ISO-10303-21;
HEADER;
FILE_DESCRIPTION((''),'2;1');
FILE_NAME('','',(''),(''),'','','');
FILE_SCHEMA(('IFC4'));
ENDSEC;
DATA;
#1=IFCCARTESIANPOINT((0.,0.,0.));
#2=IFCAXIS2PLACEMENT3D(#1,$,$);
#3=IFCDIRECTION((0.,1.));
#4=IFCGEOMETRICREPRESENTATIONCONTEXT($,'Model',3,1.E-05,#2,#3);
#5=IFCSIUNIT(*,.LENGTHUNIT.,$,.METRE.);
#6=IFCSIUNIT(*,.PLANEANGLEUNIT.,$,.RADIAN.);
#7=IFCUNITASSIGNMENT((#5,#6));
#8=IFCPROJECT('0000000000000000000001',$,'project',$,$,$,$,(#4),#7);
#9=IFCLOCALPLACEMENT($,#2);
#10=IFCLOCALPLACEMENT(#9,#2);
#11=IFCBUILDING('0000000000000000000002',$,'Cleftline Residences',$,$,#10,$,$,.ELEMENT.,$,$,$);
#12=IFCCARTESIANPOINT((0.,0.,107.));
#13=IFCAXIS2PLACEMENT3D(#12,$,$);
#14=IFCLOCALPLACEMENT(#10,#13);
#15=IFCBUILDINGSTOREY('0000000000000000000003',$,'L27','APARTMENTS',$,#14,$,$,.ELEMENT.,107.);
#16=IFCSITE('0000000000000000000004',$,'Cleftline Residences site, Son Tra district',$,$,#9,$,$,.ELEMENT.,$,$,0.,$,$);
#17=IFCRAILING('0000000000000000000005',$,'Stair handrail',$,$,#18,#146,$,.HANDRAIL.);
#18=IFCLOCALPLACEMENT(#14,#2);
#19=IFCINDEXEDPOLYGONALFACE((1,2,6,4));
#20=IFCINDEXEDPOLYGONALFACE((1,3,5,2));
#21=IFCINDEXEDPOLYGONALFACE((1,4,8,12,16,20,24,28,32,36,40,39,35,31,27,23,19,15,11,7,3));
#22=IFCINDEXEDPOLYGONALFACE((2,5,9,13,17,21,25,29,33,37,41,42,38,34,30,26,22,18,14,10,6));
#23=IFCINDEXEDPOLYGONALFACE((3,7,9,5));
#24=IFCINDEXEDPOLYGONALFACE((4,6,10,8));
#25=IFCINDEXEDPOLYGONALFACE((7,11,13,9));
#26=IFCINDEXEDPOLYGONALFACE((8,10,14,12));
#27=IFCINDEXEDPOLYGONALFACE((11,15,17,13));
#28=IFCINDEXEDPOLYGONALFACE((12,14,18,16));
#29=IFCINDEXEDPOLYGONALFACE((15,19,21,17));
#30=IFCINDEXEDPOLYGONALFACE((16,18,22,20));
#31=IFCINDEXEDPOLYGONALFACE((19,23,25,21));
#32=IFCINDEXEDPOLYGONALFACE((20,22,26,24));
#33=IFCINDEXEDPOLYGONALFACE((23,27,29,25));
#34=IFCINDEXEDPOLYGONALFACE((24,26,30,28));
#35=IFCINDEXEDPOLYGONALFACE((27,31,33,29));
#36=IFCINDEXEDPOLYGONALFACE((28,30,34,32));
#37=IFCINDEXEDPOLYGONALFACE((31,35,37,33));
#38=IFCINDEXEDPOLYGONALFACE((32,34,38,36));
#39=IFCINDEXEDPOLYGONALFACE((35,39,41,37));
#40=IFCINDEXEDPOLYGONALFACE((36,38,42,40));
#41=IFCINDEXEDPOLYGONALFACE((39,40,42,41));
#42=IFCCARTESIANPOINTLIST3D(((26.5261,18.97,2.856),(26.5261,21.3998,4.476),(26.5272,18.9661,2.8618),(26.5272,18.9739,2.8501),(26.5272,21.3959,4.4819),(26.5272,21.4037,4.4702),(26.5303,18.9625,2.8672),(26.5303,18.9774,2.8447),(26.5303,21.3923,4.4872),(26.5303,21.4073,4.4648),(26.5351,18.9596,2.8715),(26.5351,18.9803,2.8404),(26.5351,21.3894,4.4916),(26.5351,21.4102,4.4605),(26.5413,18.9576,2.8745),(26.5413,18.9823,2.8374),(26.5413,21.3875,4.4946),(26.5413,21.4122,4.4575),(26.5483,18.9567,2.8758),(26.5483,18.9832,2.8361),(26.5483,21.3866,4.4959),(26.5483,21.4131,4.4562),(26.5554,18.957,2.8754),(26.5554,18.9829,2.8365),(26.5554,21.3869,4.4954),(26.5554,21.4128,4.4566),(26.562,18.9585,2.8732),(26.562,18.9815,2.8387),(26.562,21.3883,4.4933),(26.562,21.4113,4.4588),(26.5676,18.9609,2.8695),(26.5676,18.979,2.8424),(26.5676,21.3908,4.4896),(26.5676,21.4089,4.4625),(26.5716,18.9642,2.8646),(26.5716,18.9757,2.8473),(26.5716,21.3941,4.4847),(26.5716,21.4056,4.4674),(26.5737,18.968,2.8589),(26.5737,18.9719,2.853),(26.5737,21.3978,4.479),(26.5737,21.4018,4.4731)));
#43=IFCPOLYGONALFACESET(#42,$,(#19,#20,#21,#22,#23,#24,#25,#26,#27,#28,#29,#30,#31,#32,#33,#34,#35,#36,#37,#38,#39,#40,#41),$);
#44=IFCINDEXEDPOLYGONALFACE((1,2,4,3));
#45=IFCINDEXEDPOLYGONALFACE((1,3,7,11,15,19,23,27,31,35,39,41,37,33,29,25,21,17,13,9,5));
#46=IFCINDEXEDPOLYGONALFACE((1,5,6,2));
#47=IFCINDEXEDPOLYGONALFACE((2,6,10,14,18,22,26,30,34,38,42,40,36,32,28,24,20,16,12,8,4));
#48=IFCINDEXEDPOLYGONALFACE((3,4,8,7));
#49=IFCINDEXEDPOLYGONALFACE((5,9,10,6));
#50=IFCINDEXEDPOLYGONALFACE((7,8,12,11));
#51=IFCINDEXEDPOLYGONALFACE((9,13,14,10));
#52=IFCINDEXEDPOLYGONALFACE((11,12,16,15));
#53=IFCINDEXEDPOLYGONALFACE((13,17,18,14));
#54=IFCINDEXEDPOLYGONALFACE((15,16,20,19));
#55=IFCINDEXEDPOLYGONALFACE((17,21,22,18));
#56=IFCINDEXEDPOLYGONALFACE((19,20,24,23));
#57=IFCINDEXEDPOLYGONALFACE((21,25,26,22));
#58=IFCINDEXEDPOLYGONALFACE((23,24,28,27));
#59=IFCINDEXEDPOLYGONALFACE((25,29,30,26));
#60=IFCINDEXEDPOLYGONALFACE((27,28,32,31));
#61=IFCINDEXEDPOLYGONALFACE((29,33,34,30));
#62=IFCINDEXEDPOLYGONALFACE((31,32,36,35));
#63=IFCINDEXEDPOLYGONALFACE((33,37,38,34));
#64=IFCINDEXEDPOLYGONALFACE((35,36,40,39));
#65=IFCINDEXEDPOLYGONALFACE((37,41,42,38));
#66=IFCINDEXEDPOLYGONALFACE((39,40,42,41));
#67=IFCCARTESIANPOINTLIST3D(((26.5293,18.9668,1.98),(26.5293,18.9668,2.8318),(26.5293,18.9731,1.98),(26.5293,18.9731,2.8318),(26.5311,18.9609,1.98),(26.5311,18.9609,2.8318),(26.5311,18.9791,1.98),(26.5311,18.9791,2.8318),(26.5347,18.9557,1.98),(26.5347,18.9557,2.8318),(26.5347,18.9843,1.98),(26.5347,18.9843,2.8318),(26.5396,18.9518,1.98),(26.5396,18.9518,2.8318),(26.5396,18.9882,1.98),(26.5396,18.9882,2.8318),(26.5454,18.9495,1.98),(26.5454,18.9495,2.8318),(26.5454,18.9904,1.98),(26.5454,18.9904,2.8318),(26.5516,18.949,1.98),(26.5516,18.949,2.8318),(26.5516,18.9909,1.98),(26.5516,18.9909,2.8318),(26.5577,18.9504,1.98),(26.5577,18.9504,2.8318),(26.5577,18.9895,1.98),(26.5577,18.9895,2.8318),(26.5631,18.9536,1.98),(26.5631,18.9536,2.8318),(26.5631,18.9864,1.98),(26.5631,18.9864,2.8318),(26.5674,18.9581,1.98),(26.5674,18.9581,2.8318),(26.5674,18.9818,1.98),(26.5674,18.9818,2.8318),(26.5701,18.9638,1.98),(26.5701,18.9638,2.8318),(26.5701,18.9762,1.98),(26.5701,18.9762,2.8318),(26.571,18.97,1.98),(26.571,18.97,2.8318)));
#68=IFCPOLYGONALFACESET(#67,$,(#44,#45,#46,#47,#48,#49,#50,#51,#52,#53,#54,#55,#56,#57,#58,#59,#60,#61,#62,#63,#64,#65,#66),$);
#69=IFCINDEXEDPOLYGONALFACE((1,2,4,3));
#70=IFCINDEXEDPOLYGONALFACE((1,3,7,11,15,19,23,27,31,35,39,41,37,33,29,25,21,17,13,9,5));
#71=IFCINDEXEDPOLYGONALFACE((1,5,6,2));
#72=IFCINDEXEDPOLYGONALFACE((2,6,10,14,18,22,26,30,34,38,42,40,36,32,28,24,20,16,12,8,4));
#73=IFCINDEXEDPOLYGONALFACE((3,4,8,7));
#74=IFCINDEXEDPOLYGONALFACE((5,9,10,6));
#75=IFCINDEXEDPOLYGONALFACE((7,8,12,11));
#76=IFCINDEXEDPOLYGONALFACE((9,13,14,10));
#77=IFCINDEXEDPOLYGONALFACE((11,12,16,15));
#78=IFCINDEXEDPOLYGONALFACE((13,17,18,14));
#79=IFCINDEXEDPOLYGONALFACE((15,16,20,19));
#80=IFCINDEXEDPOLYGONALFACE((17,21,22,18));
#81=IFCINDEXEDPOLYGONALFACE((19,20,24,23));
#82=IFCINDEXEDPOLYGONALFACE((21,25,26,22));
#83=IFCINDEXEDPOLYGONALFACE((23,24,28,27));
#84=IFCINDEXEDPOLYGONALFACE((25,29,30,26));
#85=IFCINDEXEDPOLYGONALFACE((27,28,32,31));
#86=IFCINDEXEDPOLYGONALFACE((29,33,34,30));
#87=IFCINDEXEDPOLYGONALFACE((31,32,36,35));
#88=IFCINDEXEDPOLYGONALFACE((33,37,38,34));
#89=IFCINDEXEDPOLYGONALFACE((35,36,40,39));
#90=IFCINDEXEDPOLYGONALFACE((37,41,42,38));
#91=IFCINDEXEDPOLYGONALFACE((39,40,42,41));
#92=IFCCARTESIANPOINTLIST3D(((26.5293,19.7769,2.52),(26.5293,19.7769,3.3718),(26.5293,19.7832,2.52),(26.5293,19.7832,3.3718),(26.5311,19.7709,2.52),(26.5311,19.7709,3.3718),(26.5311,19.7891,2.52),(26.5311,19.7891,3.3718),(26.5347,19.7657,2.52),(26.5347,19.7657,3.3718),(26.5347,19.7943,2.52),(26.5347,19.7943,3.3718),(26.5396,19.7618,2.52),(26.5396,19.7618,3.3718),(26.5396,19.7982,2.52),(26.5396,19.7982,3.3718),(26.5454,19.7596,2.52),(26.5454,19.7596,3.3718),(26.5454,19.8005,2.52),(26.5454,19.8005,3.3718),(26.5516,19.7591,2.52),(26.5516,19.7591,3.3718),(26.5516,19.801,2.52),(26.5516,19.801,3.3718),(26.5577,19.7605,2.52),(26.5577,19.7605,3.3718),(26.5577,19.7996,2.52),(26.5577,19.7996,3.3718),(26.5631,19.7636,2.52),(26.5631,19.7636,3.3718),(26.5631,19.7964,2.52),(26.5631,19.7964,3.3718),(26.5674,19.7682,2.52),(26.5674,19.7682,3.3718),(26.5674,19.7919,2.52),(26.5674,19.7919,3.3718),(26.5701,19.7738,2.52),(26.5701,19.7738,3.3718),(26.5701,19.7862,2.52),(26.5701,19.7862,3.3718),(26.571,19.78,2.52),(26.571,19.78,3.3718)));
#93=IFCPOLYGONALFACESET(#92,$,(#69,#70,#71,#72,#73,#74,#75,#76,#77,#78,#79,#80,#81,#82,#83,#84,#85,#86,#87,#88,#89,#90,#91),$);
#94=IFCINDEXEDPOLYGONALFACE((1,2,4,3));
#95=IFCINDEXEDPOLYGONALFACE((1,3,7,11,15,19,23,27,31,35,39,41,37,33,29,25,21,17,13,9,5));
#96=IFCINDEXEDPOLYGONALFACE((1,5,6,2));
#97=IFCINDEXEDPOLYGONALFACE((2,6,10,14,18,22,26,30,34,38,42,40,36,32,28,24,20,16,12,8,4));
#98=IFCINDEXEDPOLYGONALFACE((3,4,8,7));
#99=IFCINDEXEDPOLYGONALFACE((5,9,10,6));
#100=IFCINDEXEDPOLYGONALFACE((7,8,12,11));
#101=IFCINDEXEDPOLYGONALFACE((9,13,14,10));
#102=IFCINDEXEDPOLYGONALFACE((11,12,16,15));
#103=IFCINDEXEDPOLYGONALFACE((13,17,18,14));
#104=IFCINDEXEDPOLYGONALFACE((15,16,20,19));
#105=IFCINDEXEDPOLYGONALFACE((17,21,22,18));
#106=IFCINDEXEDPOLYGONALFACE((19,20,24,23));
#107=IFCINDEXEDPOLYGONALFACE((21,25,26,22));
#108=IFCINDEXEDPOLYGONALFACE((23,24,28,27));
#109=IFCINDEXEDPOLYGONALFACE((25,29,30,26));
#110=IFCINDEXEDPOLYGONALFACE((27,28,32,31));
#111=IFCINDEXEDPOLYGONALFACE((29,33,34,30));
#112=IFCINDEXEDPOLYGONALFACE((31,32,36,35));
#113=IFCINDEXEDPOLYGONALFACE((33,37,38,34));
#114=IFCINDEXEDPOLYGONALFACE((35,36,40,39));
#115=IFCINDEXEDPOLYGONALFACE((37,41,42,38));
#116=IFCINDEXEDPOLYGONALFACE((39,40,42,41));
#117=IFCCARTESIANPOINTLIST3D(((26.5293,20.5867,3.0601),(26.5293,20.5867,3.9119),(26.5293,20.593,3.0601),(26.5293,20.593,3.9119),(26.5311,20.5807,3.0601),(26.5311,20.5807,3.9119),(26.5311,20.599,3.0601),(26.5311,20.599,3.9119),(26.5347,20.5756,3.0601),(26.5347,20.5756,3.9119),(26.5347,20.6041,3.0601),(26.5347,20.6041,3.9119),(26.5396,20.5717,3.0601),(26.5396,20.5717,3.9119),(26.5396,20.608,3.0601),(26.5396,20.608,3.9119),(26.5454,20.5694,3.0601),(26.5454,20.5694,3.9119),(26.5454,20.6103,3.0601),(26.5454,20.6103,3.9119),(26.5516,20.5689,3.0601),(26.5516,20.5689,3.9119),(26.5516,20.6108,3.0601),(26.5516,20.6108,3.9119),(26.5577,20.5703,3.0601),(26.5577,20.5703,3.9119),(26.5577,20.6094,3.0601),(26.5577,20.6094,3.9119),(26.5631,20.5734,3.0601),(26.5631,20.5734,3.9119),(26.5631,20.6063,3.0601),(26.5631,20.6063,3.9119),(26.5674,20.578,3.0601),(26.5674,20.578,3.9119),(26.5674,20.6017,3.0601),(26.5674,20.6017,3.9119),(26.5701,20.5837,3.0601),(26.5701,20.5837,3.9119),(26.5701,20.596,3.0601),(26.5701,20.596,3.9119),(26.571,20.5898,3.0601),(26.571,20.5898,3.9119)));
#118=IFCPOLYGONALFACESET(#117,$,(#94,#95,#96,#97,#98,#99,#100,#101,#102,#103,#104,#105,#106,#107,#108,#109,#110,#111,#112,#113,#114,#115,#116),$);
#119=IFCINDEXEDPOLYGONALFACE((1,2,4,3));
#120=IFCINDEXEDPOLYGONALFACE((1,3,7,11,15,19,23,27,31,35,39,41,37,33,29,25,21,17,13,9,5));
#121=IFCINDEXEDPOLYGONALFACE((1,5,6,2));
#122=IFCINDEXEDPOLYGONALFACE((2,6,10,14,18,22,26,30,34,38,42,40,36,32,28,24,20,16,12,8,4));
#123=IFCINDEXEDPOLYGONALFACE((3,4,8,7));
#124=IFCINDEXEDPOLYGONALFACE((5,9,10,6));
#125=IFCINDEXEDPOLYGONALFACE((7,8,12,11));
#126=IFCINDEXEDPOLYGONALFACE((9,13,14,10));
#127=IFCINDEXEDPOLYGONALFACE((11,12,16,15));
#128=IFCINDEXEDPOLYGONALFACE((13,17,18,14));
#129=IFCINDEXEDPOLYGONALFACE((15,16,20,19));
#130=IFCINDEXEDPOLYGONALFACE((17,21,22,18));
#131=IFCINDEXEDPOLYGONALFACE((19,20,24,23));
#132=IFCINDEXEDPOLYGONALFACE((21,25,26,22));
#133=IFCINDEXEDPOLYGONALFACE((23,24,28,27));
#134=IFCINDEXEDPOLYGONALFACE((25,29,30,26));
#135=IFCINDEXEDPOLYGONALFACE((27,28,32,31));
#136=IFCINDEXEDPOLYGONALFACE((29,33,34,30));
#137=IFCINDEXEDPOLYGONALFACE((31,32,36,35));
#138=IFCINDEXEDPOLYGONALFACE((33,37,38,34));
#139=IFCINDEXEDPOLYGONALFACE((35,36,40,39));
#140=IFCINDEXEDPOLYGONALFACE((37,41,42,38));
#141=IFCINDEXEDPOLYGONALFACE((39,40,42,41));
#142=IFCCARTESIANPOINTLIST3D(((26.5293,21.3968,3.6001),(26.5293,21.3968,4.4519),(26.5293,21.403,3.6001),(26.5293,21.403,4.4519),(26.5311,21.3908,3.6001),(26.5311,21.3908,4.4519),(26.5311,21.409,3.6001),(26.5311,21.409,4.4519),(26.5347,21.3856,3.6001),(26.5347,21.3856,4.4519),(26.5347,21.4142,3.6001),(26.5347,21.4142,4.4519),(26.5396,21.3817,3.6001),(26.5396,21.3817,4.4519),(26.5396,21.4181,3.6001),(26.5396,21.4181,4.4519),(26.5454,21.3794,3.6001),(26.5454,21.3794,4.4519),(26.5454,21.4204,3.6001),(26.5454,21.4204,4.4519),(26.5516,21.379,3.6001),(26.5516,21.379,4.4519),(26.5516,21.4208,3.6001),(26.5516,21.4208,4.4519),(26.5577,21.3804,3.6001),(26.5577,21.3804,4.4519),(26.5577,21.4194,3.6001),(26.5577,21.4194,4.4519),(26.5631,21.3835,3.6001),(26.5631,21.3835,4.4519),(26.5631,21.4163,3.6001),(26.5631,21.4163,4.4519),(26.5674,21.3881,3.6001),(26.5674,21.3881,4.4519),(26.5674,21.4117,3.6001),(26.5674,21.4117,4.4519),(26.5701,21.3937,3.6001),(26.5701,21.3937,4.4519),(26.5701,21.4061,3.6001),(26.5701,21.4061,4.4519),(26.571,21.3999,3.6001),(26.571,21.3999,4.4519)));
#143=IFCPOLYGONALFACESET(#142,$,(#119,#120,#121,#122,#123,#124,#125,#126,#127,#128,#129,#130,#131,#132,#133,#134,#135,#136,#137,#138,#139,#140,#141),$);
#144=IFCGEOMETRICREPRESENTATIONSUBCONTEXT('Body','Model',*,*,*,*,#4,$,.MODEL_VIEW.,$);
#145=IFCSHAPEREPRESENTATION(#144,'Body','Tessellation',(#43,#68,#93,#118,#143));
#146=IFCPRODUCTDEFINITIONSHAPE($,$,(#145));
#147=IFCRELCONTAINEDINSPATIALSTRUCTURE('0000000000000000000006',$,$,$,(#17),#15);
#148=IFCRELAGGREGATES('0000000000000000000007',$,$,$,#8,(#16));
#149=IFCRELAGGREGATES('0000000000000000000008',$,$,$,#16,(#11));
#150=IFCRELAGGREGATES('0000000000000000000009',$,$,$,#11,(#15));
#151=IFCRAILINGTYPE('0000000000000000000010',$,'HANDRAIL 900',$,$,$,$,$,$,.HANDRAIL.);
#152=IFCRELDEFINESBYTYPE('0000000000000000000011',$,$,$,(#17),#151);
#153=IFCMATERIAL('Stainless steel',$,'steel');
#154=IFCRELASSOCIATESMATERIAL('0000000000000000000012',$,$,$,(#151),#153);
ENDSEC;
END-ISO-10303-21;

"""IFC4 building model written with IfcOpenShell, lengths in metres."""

from ifc_helpers import new_model, si_unit, direction, frame, origin, origin_2d, place, context, subcontext, project, spatial, circle, extrude, material, type_object, element, save


model = new_model("IFC4")

# Units and contexts
model_context = context("Model", 3, precision=1e-05, world=origin(), true_north=direction((0.0, 1.0)))
body_context = subcontext(model_context, "Body", "Model", "MODEL_VIEW")
ifc_project = project(units=[si_unit("LENGTHUNIT", "METRE"), si_unit("PLANEANGLEUNIT", "RADIAN")], contexts=[model_context])

# Site, building, storey
site_placement = place(None, origin())
site = spatial("IfcSite", under=ifc_project, at=site_placement, Name="Cleftline Residences site, Son Tra district", CompositionType="ELEMENT", RefElevation=0.0)
building_placement = place(site_placement, origin())
building = spatial("IfcBuilding", under=site, at=building_placement, Name="Cleftline Residences", CompositionType="ELEMENT")
storey_placement = place(building_placement, frame((0.0, 0.0, 107.0)))
storey = spatial("IfcBuildingStorey", under=building, at=storey_placement, Name="L27", Description="APARTMENTS", CompositionType="ELEMENT", Elevation=107.0)

# Railing
ifc_material_1 = material(Name="Stainless steel", Category="steel")
railing_type = type_object("IfcRailingType", Name="HANDRAIL 900", PredefinedType="HANDRAIL", material=ifc_material_1)
railing_1_placement = place(storey_placement, frame((26.55, 18.97, 1.98)))
element("IfcRailing", 1, at=railing_1_placement, inside=storey, type_object=railing_type, Name="Stair handrail", PredefinedType="HANDRAIL", context=body_context, shape_type="SweptSolid", body=[
    extrude(circle(Radius=0.0239, at=origin_2d()), frame((0.0, 0.0, 0.876), z_axis=(0.0, 0.832025, 0.554739), x_axis=(-1.0, 0.0, 0.0)), (0.0, 0.0, 1.0), 2.9204),
    extrude(circle(Radius=0.021, at=origin_2d()), origin(), (0.0, 0.0, 1.0), 0.8518),
    extrude(circle(Radius=0.021, at=origin_2d()), frame((0.0, 0.8101, 0.54)), (0.0, 0.0, 1.0), 0.8518),
    extrude(circle(Radius=0.021, at=origin_2d()), frame((0.0, 1.6199, 1.0801)), (0.0, 0.0, 1.0), 0.8518),
    extrude(circle(Radius=0.021, at=origin_2d()), frame((0.0, 2.4299, 1.6201)), (0.0, 0.0, 1.0), 0.8518),
])

save(model, "model.ifc")
